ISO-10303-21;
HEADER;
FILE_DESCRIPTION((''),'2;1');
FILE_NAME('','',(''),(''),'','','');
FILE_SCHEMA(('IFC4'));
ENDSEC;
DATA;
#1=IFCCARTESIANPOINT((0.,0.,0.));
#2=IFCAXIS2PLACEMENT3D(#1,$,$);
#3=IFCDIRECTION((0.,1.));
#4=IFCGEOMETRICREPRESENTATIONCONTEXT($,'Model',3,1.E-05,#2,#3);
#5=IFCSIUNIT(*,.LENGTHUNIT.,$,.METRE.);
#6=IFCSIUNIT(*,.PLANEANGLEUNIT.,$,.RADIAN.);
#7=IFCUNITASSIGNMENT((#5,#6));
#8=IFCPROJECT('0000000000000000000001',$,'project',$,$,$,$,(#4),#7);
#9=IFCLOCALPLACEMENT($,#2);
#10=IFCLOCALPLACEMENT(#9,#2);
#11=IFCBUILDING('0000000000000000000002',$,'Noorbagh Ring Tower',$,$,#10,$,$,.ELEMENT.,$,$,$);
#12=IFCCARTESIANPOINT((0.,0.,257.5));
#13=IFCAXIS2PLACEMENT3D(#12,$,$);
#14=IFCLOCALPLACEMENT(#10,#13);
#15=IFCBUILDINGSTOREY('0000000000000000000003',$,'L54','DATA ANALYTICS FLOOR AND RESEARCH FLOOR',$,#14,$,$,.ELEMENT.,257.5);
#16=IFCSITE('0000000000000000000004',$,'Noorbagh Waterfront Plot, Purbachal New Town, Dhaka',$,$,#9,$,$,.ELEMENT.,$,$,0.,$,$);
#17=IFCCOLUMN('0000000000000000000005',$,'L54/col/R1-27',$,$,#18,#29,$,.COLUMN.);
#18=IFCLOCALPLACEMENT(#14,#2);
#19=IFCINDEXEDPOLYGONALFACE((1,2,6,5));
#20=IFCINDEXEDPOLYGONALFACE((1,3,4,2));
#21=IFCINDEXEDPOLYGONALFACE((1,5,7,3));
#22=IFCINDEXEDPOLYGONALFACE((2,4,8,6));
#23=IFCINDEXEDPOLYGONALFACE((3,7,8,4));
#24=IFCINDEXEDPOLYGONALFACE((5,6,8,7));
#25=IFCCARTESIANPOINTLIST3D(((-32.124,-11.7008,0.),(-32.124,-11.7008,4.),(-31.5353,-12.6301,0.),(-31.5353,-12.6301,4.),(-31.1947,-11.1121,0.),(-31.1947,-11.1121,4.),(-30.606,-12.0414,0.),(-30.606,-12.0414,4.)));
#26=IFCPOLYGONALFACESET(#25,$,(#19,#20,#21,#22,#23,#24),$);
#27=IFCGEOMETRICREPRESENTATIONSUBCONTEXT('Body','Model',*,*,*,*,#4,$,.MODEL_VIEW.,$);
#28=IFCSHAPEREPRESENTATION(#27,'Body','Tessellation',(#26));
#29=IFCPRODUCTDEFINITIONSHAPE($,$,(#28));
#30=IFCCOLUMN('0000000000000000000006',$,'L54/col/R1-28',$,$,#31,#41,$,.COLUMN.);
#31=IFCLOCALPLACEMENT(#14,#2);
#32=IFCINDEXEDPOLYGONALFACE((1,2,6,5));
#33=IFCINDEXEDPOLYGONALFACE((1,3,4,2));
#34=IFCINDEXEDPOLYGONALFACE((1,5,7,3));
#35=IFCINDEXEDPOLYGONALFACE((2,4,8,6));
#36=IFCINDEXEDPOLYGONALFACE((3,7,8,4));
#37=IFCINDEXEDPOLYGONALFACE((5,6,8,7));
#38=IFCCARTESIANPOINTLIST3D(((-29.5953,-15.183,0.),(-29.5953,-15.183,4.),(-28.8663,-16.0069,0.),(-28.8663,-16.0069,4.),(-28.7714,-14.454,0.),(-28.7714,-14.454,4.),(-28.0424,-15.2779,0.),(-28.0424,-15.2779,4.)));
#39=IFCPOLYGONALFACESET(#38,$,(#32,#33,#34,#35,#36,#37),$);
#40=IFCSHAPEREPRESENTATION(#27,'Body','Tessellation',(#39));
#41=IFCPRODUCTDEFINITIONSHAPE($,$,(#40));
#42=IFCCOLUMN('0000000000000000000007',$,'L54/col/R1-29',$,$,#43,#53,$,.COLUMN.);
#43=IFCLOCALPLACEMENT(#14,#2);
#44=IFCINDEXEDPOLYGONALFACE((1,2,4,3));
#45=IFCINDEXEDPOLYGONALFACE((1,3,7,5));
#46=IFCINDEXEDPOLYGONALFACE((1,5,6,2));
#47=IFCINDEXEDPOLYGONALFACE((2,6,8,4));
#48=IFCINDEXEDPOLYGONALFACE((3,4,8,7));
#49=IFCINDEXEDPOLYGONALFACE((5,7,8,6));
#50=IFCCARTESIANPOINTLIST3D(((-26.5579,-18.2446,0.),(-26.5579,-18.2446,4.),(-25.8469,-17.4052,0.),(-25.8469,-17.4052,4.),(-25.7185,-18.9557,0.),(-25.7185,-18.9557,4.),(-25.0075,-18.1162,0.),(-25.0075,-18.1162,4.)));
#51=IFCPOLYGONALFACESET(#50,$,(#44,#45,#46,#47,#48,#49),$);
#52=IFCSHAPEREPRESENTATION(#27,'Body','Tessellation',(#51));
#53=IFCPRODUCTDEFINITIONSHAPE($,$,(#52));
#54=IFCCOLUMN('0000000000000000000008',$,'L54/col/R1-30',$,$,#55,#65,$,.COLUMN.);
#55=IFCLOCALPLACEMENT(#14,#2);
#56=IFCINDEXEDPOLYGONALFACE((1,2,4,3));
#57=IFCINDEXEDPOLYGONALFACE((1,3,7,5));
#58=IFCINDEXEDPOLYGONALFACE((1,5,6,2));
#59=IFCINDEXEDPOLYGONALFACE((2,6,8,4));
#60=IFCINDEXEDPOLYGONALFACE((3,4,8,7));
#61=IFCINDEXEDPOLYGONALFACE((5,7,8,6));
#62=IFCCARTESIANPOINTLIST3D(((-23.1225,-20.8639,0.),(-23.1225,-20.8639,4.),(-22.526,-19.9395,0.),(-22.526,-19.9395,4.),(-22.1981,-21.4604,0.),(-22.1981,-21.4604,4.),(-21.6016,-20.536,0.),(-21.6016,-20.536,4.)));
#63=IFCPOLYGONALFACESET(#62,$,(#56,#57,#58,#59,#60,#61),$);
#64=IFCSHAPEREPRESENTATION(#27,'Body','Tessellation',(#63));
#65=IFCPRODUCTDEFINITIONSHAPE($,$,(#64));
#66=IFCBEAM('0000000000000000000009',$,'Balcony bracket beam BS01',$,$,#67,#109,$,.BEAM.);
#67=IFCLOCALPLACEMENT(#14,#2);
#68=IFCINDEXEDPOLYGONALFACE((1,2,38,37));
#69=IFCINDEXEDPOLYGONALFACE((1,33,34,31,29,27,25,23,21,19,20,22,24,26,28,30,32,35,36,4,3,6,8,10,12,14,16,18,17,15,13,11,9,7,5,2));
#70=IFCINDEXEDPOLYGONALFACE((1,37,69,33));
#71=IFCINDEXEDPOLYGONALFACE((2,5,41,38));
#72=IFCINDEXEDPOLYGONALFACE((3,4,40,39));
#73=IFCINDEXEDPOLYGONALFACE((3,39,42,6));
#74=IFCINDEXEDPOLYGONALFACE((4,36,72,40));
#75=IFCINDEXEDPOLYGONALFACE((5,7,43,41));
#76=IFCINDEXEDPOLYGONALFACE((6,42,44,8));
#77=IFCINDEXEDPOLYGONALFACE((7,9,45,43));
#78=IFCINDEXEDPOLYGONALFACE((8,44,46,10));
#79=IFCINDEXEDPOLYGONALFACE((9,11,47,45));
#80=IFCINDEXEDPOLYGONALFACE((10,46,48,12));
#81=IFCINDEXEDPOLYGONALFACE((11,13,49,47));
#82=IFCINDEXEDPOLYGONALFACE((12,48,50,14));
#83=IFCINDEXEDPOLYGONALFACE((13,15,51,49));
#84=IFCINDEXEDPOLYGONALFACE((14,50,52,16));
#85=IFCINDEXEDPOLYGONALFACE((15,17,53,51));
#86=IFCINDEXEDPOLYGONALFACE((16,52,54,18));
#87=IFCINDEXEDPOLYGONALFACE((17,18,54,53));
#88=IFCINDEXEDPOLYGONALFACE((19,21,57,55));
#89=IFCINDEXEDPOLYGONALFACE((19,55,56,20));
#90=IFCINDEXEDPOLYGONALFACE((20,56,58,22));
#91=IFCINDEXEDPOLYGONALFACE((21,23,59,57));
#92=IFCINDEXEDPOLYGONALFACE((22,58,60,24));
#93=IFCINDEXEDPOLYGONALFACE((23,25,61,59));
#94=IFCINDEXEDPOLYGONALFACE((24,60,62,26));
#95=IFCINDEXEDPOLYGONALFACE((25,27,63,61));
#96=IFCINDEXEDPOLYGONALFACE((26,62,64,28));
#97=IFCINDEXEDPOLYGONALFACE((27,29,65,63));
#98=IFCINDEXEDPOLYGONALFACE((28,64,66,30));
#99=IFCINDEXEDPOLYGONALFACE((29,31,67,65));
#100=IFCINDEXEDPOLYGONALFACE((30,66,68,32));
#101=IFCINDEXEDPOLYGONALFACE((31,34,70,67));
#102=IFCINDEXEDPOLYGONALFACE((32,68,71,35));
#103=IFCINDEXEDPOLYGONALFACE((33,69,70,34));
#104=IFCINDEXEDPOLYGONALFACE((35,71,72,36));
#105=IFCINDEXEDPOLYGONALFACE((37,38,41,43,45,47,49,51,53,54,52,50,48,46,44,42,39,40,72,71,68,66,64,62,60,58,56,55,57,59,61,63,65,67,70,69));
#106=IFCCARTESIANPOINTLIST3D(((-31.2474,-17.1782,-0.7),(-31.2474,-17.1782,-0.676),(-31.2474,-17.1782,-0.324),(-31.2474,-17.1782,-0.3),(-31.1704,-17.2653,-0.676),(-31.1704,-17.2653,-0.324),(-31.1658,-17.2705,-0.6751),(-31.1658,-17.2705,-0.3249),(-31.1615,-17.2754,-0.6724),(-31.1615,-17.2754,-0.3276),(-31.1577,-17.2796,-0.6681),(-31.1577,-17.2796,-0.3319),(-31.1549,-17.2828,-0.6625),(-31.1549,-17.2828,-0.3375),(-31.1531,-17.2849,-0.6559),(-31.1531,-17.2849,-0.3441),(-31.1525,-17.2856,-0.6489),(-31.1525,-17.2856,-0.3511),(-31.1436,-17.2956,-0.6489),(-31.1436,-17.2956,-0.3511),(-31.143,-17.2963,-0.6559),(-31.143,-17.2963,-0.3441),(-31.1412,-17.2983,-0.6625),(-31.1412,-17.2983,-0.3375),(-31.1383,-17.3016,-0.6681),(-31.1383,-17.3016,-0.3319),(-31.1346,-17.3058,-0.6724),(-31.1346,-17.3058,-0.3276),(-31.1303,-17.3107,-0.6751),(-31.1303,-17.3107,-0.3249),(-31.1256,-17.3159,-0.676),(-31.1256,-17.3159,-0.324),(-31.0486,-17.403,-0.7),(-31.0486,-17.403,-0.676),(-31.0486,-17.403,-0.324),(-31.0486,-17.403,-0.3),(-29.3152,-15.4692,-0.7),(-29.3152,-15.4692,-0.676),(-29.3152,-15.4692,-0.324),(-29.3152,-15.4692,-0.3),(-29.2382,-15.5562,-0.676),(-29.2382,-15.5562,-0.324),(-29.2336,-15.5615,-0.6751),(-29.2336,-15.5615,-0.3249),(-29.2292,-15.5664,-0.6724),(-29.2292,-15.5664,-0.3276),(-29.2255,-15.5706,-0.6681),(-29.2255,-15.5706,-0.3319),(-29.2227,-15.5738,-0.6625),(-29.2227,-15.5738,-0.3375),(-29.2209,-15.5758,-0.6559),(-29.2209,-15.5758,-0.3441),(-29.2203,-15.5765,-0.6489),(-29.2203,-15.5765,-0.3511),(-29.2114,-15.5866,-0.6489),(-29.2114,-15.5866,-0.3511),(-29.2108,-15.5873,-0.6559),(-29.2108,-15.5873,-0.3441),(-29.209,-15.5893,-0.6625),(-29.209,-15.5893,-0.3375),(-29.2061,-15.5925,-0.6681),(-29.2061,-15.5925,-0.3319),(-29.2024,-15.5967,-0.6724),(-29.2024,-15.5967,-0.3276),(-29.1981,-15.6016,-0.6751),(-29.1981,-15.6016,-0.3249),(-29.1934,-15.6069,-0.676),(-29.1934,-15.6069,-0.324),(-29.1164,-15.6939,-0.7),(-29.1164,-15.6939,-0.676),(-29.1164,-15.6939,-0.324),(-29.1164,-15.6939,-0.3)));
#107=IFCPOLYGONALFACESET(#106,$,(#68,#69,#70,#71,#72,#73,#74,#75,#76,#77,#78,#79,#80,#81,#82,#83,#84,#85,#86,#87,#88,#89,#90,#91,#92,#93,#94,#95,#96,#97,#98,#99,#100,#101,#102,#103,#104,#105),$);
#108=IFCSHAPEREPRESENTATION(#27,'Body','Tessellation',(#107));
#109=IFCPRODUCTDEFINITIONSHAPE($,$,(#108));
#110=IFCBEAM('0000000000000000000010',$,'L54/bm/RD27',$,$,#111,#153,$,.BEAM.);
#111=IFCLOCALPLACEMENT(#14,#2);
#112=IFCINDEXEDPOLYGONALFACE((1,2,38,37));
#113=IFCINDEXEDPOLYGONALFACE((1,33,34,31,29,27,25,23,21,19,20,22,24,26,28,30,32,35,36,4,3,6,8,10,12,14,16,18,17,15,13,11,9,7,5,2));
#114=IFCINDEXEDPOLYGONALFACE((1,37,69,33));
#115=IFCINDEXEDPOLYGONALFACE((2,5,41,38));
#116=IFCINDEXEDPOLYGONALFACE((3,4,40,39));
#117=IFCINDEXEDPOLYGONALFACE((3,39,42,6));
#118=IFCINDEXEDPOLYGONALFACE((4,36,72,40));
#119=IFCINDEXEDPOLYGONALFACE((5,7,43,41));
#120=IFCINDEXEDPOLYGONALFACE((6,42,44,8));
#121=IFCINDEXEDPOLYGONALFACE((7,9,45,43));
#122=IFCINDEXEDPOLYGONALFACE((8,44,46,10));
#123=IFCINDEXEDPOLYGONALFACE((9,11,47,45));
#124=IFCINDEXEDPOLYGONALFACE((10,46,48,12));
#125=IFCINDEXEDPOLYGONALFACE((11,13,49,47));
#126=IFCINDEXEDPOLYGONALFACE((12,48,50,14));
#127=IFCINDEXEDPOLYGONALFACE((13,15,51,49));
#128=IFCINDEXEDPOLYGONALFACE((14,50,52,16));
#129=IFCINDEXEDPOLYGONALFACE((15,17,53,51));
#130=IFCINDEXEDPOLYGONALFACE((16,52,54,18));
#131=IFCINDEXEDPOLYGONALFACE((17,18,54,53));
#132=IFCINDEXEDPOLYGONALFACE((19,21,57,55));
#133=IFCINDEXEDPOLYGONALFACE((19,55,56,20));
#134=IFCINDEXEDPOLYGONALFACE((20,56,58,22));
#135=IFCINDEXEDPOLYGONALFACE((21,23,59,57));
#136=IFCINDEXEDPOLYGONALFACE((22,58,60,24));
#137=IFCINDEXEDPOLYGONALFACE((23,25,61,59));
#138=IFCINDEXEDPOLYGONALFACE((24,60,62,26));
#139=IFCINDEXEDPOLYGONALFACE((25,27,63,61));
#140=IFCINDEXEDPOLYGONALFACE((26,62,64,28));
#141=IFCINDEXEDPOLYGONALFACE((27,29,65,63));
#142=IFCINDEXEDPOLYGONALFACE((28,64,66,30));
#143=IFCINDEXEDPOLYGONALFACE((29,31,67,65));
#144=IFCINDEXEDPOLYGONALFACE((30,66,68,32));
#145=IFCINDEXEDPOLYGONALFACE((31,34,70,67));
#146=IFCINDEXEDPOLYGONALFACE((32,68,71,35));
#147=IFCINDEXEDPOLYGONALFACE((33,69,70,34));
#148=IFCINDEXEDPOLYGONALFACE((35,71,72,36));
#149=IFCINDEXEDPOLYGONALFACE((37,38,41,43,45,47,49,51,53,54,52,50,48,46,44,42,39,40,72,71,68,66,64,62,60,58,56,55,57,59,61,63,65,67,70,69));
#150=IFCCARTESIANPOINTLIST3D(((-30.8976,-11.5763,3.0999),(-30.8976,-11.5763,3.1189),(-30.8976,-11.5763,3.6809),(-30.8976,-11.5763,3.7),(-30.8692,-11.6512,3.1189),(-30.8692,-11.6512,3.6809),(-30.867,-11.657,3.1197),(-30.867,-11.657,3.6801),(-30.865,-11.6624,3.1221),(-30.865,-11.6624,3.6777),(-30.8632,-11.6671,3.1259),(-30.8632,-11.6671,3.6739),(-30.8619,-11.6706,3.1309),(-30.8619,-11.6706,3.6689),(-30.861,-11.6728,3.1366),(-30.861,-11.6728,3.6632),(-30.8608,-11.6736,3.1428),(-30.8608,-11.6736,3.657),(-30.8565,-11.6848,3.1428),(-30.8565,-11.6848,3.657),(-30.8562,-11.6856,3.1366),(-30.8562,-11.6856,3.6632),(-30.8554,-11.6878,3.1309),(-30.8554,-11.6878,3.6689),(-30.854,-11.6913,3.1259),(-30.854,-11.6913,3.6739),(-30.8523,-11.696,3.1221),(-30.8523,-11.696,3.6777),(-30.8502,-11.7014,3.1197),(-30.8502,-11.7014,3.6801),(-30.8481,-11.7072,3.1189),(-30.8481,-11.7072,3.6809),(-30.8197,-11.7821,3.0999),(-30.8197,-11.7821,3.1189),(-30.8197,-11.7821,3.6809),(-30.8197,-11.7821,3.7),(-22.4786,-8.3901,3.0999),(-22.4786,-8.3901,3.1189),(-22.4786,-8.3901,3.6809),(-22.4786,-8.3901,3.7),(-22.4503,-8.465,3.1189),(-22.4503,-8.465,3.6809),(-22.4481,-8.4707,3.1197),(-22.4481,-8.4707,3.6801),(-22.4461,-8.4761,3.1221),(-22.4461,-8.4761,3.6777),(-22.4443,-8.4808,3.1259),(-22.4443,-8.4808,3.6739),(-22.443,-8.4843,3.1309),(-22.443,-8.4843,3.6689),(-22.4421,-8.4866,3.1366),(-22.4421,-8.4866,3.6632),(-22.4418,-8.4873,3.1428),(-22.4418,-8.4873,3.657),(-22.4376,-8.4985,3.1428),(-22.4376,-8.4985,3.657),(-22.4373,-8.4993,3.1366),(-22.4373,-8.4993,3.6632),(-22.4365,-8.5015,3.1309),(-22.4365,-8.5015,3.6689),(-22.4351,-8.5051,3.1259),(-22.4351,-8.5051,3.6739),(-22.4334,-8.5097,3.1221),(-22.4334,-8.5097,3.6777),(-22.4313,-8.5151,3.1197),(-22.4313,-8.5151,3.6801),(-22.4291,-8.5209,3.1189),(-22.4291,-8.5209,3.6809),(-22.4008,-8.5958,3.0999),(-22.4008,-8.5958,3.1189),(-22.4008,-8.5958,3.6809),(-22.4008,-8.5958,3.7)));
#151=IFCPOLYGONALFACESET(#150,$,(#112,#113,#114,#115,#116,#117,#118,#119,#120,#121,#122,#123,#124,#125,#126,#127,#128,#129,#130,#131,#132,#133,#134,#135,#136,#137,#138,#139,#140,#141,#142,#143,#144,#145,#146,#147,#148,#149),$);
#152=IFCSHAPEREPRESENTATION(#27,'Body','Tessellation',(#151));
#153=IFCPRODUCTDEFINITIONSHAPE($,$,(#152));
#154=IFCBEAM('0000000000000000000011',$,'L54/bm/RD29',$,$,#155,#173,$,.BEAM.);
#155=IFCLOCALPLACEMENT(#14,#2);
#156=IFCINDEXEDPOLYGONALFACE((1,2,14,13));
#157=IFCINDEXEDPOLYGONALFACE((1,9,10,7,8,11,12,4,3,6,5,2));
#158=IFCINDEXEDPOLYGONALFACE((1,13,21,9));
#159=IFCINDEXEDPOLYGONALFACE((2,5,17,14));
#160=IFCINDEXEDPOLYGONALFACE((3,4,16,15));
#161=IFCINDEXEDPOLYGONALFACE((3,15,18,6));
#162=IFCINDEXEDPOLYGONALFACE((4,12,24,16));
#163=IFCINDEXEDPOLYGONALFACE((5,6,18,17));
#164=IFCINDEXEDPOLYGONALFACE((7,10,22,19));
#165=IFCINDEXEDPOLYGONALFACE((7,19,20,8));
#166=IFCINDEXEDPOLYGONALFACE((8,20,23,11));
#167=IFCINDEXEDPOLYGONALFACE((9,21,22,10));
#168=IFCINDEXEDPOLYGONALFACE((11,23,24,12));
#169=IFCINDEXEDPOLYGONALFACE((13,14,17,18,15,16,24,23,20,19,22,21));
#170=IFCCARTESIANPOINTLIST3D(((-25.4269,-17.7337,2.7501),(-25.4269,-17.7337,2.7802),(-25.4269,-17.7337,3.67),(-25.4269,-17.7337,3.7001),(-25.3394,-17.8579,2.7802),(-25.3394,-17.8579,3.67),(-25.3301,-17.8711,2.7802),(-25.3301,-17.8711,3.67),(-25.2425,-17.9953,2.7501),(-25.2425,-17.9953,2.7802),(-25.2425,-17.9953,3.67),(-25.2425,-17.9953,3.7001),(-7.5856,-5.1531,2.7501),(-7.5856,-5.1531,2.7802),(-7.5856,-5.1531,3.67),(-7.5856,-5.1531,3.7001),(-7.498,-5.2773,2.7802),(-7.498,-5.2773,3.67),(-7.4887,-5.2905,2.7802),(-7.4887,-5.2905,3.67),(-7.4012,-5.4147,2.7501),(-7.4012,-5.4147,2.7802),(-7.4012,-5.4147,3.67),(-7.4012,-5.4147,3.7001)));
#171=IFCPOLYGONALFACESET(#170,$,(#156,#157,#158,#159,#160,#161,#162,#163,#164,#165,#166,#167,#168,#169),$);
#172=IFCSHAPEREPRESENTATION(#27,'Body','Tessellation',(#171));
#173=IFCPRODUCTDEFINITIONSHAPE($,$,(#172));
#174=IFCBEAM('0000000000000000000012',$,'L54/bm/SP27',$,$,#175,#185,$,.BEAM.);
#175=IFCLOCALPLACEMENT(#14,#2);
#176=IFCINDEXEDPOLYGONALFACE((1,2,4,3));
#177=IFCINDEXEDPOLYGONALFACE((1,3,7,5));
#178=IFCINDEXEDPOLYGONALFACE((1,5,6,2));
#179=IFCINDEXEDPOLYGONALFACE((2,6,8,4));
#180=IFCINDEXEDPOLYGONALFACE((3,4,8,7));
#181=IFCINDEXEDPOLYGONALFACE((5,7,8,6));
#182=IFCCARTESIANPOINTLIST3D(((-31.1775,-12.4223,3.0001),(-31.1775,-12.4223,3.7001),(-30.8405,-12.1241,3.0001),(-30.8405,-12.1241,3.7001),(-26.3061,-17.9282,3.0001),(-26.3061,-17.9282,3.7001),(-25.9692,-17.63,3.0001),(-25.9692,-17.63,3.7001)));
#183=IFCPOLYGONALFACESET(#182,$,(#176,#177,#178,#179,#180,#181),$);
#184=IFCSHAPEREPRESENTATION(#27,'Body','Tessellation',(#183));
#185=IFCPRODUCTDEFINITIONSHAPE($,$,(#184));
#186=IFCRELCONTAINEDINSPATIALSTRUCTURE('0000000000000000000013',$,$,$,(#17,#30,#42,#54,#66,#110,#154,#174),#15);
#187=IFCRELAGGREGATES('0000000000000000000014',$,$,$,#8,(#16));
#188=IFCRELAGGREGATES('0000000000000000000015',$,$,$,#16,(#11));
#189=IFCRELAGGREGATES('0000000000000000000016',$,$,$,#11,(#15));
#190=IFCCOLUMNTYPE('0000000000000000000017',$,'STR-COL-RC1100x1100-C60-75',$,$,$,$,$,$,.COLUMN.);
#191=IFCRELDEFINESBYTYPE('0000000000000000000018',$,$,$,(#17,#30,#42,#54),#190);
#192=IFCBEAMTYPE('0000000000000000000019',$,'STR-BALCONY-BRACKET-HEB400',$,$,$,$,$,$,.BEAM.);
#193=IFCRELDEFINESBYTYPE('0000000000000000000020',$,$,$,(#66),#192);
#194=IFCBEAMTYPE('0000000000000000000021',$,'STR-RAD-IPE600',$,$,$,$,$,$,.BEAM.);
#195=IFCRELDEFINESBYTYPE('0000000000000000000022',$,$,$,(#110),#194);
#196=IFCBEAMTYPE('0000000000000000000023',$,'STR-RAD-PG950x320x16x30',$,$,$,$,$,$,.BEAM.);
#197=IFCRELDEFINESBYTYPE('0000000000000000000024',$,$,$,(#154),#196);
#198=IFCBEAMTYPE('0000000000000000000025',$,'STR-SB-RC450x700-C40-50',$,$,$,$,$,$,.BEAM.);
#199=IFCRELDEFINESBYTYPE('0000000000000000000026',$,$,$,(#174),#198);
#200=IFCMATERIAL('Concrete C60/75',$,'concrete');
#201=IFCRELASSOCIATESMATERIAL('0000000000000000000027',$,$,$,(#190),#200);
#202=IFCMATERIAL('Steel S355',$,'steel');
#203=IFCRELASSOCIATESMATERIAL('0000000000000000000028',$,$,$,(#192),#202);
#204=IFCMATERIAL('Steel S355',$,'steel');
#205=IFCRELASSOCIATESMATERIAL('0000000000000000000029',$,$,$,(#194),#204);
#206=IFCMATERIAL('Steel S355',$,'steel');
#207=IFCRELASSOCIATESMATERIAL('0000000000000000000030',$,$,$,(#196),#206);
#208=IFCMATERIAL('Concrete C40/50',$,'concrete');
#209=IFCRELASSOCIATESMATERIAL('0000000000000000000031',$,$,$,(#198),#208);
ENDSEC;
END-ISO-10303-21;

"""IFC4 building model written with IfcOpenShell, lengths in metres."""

from ifc_helpers import new_model, si_unit, direction, frame, origin, origin_2d, place, context, subcontext, project, spatial, rectangle, i_section, extrude, material, material_profile, profile_set, type_object, element, save


model = new_model("IFC4")

# Units and contexts
model_context = context("Model", 3, precision=1e-05, world=origin(), true_north=direction((0.0, 1.0)))
body_context = subcontext(model_context, "Body", "Model", "MODEL_VIEW")
ifc_project = project(units=[si_unit("LENGTHUNIT", "METRE"), si_unit("PLANEANGLEUNIT", "RADIAN")], contexts=[model_context])

# Site, building, storey
site_placement = place(None, origin())
site = spatial("IfcSite", under=ifc_project, at=site_placement, Name="Noorbagh Waterfront Plot, Purbachal New Town, Dhaka", CompositionType="ELEMENT", RefElevation=0.0)
building_placement = place(site_placement, origin())
building = spatial("IfcBuilding", under=site, at=building_placement, Name="Noorbagh Ring Tower", CompositionType="ELEMENT")
storey_placement = place(building_placement, frame((0.0, 0.0, 257.5)))
storey = spatial("IfcBuildingStorey", under=building, at=storey_placement, Name="L54", Description="DATA ANALYTICS FLOOR AND RESEARCH FLOOR", CompositionType="ELEMENT", Elevation=257.5)

# Columns
ifc_material_1 = material(Name="Concrete C60/75", Category="concrete")
ifc_material_profile_1 = material_profile(ifc_material_1, rectangle(XDim=1.1001, YDim=1.1001, at=origin_2d()), Name="RC1100x1100")
ifc_profile_set_1 = profile_set([ifc_material_profile_1], Name="Concrete C60/75")
column_type = type_object("IfcColumnType", Name="STR-COL-RC1100x1100-C60-75", PredefinedType="COLUMN", material=ifc_profile_set_1)
for number, where, z_axis, x_axis, name in (
    (1, (-31.365, -11.8711, 0.0), (0.0, 0.0, 1.0), (0.53519, -0.844731, 0.0), "L54/col/R1-27"),
    (2, (-28.8188, -15.2305, 0.0), (0.0, 0.0, 1.0), (0.662636, -0.748942, 0.0), "L54/col/R1-28"),
    (3, (-25.7827, -18.1804, 0.0), (0.0, 0.0, 1.0), (0.763035, -0.646357, 0.0), "L54/col/R1-29"),
    (4, (-22.3621, -20.7, 0.0), (0.0, 0.0, 1.0), (0.840248, -0.542203, 0.0), "L54/col/R1-30"),
):
    element("IfcColumn", number, at=place(storey_placement, frame(where, z_axis=z_axis, x_axis=x_axis)), inside=storey, type_object=column_type, Name=name, PredefinedType="COLUMN", context=body_context, shape_type="SweptSolid", body=[
        extrude(rectangle(XDim=1.1001, YDim=1.1001, at=origin_2d()), origin(), (0.0, 0.0, 1.0), 4.0),
    ])

# Beams
ifc_material_2 = material(Name="Steel S355", Category="steel")
ifc_material_profile_2 = material_profile(ifc_material_2, i_section(OverallWidth=0.3, OverallDepth=0.3999, WebThickness=0.0134, FlangeThickness=0.0239, FilletRadius=0.0271, at=origin_2d()), Name="HEB400")
ifc_profile_set_2 = profile_set([ifc_material_profile_2], Name="Steel S355")
beam_type_1 = type_object("IfcBeamType", Name="STR-BALCONY-BRACKET-HEB400", PredefinedType="BEAM", material=ifc_profile_set_2)
beam_1_placement = place(storey_placement, frame((-29.2158, -15.5815, -0.5), z_axis=(-0.749036, -0.662529, 0.0), x_axis=(0.662529, -0.749036, 0.0)))
element("IfcBeam", 5, at=beam_1_placement, inside=storey, type_object=beam_type_1, Name="Balcony bracket beam BS01", PredefinedType="BEAM", context=body_context, shape_type="SweptSolid", body=[
    extrude(i_section(OverallWidth=0.3, OverallDepth=0.3999, WebThickness=0.0134, FlangeThickness=0.0239, FilletRadius=0.0271, at=origin_2d()), origin(), (0.0, 0.0, 1.0), 2.5796),
])
ifc_material_3 = material(Name="Steel S355", Category="steel")
ifc_material_profile_3 = material_profile(ifc_material_3, i_section(OverallWidth=0.22, OverallDepth=0.6001, WebThickness=0.012, FlangeThickness=0.019, FilletRadius=0.0239, at=origin_2d()), Name="IPE600")
ifc_profile_set_3 = profile_set([ifc_material_profile_3], Name="Steel S355")
beam_type_2 = type_object("IfcBeamType", Name="STR-RAD-IPE600", PredefinedType="BEAM", material=ifc_profile_set_3)
beam_2_placement = place(storey_placement, frame((-30.8586, -11.6792, 3.3999), z_axis=(0.935259, 0.353963, 0.0), x_axis=(-0.353963, 0.935259, 0.0)))
element("IfcBeam", 6, at=beam_2_placement, inside=storey, type_object=beam_type_2, Name="L54/bm/RD27", PredefinedType="BEAM", context=body_context, shape_type="SweptSolid", body=[
    extrude(i_section(OverallWidth=0.22, OverallDepth=0.6001, WebThickness=0.012, FlangeThickness=0.019, FilletRadius=0.0239, at=origin_2d()), origin(), (0.0, 0.0, 1.0), 9.0017),
])
ifc_material_4 = material(Name="Steel S355", Category="steel")
ifc_material_profile_4 = material_profile(ifc_material_4, i_section(OverallWidth=0.3201, OverallDepth=0.95, WebThickness=0.0161, FlangeThickness=0.03, at=origin_2d()), Name="PG950x320x16x30")
ifc_profile_set_4 = profile_set([ifc_material_profile_4], Name="Steel S355")
beam_type_3 = type_object("IfcBeamType", Name="STR-RAD-PG950x320x16x30", PredefinedType="BEAM", material=ifc_profile_set_4)
beam_3_placement = place(storey_placement, frame((-25.3347, -17.8645, 3.2251), z_axis=(0.817255, 0.576277, 0.0), x_axis=(-0.576277, 0.817255, 0.0)))
element("IfcBeam", 7, at=beam_3_placement, inside=storey, type_object=beam_type_3, Name="L54/bm/RD29", PredefinedType="BEAM", context=body_context, shape_type="SweptSolid", body=[
    extrude(i_section(OverallWidth=0.3201, OverallDepth=0.95, WebThickness=0.0161, FlangeThickness=0.03, at=origin_2d()), origin(), (0.0, 0.0, 1.0), 21.8308),
])
ifc_material_5 = material(Name="Concrete C40/50", Category="concrete")
ifc_material_profile_5 = material_profile(ifc_material_5, rectangle(XDim=0.45, YDim=0.7, at=origin_2d()), Name="RC450x700")
ifc_profile_set_5 = profile_set([ifc_material_profile_5], Name="Concrete C40/50")
beam_type_4 = type_object("IfcBeamType", Name="STR-SB-RC450x700-C40-50", PredefinedType="BEAM", material=ifc_profile_set_5)
beam_4_placement = place(storey_placement, frame((-31.009, -12.2732, 3.3501), z_axis=(0.662633, -0.748945, 0.0), x_axis=(0.748945, 0.662633, 0.0)))
element("IfcBeam", 8, at=beam_4_placement, inside=storey, type_object=beam_type_4, Name="L54/bm/SP27", PredefinedType="BEAM", context=body_context, shape_type="SweptSolid", body=[
    extrude(rectangle(XDim=0.45, YDim=0.7, at=origin_2d()), origin(), (0.0, 0.0, 1.0), 7.3516),
])

save(model, "model.ifc")
